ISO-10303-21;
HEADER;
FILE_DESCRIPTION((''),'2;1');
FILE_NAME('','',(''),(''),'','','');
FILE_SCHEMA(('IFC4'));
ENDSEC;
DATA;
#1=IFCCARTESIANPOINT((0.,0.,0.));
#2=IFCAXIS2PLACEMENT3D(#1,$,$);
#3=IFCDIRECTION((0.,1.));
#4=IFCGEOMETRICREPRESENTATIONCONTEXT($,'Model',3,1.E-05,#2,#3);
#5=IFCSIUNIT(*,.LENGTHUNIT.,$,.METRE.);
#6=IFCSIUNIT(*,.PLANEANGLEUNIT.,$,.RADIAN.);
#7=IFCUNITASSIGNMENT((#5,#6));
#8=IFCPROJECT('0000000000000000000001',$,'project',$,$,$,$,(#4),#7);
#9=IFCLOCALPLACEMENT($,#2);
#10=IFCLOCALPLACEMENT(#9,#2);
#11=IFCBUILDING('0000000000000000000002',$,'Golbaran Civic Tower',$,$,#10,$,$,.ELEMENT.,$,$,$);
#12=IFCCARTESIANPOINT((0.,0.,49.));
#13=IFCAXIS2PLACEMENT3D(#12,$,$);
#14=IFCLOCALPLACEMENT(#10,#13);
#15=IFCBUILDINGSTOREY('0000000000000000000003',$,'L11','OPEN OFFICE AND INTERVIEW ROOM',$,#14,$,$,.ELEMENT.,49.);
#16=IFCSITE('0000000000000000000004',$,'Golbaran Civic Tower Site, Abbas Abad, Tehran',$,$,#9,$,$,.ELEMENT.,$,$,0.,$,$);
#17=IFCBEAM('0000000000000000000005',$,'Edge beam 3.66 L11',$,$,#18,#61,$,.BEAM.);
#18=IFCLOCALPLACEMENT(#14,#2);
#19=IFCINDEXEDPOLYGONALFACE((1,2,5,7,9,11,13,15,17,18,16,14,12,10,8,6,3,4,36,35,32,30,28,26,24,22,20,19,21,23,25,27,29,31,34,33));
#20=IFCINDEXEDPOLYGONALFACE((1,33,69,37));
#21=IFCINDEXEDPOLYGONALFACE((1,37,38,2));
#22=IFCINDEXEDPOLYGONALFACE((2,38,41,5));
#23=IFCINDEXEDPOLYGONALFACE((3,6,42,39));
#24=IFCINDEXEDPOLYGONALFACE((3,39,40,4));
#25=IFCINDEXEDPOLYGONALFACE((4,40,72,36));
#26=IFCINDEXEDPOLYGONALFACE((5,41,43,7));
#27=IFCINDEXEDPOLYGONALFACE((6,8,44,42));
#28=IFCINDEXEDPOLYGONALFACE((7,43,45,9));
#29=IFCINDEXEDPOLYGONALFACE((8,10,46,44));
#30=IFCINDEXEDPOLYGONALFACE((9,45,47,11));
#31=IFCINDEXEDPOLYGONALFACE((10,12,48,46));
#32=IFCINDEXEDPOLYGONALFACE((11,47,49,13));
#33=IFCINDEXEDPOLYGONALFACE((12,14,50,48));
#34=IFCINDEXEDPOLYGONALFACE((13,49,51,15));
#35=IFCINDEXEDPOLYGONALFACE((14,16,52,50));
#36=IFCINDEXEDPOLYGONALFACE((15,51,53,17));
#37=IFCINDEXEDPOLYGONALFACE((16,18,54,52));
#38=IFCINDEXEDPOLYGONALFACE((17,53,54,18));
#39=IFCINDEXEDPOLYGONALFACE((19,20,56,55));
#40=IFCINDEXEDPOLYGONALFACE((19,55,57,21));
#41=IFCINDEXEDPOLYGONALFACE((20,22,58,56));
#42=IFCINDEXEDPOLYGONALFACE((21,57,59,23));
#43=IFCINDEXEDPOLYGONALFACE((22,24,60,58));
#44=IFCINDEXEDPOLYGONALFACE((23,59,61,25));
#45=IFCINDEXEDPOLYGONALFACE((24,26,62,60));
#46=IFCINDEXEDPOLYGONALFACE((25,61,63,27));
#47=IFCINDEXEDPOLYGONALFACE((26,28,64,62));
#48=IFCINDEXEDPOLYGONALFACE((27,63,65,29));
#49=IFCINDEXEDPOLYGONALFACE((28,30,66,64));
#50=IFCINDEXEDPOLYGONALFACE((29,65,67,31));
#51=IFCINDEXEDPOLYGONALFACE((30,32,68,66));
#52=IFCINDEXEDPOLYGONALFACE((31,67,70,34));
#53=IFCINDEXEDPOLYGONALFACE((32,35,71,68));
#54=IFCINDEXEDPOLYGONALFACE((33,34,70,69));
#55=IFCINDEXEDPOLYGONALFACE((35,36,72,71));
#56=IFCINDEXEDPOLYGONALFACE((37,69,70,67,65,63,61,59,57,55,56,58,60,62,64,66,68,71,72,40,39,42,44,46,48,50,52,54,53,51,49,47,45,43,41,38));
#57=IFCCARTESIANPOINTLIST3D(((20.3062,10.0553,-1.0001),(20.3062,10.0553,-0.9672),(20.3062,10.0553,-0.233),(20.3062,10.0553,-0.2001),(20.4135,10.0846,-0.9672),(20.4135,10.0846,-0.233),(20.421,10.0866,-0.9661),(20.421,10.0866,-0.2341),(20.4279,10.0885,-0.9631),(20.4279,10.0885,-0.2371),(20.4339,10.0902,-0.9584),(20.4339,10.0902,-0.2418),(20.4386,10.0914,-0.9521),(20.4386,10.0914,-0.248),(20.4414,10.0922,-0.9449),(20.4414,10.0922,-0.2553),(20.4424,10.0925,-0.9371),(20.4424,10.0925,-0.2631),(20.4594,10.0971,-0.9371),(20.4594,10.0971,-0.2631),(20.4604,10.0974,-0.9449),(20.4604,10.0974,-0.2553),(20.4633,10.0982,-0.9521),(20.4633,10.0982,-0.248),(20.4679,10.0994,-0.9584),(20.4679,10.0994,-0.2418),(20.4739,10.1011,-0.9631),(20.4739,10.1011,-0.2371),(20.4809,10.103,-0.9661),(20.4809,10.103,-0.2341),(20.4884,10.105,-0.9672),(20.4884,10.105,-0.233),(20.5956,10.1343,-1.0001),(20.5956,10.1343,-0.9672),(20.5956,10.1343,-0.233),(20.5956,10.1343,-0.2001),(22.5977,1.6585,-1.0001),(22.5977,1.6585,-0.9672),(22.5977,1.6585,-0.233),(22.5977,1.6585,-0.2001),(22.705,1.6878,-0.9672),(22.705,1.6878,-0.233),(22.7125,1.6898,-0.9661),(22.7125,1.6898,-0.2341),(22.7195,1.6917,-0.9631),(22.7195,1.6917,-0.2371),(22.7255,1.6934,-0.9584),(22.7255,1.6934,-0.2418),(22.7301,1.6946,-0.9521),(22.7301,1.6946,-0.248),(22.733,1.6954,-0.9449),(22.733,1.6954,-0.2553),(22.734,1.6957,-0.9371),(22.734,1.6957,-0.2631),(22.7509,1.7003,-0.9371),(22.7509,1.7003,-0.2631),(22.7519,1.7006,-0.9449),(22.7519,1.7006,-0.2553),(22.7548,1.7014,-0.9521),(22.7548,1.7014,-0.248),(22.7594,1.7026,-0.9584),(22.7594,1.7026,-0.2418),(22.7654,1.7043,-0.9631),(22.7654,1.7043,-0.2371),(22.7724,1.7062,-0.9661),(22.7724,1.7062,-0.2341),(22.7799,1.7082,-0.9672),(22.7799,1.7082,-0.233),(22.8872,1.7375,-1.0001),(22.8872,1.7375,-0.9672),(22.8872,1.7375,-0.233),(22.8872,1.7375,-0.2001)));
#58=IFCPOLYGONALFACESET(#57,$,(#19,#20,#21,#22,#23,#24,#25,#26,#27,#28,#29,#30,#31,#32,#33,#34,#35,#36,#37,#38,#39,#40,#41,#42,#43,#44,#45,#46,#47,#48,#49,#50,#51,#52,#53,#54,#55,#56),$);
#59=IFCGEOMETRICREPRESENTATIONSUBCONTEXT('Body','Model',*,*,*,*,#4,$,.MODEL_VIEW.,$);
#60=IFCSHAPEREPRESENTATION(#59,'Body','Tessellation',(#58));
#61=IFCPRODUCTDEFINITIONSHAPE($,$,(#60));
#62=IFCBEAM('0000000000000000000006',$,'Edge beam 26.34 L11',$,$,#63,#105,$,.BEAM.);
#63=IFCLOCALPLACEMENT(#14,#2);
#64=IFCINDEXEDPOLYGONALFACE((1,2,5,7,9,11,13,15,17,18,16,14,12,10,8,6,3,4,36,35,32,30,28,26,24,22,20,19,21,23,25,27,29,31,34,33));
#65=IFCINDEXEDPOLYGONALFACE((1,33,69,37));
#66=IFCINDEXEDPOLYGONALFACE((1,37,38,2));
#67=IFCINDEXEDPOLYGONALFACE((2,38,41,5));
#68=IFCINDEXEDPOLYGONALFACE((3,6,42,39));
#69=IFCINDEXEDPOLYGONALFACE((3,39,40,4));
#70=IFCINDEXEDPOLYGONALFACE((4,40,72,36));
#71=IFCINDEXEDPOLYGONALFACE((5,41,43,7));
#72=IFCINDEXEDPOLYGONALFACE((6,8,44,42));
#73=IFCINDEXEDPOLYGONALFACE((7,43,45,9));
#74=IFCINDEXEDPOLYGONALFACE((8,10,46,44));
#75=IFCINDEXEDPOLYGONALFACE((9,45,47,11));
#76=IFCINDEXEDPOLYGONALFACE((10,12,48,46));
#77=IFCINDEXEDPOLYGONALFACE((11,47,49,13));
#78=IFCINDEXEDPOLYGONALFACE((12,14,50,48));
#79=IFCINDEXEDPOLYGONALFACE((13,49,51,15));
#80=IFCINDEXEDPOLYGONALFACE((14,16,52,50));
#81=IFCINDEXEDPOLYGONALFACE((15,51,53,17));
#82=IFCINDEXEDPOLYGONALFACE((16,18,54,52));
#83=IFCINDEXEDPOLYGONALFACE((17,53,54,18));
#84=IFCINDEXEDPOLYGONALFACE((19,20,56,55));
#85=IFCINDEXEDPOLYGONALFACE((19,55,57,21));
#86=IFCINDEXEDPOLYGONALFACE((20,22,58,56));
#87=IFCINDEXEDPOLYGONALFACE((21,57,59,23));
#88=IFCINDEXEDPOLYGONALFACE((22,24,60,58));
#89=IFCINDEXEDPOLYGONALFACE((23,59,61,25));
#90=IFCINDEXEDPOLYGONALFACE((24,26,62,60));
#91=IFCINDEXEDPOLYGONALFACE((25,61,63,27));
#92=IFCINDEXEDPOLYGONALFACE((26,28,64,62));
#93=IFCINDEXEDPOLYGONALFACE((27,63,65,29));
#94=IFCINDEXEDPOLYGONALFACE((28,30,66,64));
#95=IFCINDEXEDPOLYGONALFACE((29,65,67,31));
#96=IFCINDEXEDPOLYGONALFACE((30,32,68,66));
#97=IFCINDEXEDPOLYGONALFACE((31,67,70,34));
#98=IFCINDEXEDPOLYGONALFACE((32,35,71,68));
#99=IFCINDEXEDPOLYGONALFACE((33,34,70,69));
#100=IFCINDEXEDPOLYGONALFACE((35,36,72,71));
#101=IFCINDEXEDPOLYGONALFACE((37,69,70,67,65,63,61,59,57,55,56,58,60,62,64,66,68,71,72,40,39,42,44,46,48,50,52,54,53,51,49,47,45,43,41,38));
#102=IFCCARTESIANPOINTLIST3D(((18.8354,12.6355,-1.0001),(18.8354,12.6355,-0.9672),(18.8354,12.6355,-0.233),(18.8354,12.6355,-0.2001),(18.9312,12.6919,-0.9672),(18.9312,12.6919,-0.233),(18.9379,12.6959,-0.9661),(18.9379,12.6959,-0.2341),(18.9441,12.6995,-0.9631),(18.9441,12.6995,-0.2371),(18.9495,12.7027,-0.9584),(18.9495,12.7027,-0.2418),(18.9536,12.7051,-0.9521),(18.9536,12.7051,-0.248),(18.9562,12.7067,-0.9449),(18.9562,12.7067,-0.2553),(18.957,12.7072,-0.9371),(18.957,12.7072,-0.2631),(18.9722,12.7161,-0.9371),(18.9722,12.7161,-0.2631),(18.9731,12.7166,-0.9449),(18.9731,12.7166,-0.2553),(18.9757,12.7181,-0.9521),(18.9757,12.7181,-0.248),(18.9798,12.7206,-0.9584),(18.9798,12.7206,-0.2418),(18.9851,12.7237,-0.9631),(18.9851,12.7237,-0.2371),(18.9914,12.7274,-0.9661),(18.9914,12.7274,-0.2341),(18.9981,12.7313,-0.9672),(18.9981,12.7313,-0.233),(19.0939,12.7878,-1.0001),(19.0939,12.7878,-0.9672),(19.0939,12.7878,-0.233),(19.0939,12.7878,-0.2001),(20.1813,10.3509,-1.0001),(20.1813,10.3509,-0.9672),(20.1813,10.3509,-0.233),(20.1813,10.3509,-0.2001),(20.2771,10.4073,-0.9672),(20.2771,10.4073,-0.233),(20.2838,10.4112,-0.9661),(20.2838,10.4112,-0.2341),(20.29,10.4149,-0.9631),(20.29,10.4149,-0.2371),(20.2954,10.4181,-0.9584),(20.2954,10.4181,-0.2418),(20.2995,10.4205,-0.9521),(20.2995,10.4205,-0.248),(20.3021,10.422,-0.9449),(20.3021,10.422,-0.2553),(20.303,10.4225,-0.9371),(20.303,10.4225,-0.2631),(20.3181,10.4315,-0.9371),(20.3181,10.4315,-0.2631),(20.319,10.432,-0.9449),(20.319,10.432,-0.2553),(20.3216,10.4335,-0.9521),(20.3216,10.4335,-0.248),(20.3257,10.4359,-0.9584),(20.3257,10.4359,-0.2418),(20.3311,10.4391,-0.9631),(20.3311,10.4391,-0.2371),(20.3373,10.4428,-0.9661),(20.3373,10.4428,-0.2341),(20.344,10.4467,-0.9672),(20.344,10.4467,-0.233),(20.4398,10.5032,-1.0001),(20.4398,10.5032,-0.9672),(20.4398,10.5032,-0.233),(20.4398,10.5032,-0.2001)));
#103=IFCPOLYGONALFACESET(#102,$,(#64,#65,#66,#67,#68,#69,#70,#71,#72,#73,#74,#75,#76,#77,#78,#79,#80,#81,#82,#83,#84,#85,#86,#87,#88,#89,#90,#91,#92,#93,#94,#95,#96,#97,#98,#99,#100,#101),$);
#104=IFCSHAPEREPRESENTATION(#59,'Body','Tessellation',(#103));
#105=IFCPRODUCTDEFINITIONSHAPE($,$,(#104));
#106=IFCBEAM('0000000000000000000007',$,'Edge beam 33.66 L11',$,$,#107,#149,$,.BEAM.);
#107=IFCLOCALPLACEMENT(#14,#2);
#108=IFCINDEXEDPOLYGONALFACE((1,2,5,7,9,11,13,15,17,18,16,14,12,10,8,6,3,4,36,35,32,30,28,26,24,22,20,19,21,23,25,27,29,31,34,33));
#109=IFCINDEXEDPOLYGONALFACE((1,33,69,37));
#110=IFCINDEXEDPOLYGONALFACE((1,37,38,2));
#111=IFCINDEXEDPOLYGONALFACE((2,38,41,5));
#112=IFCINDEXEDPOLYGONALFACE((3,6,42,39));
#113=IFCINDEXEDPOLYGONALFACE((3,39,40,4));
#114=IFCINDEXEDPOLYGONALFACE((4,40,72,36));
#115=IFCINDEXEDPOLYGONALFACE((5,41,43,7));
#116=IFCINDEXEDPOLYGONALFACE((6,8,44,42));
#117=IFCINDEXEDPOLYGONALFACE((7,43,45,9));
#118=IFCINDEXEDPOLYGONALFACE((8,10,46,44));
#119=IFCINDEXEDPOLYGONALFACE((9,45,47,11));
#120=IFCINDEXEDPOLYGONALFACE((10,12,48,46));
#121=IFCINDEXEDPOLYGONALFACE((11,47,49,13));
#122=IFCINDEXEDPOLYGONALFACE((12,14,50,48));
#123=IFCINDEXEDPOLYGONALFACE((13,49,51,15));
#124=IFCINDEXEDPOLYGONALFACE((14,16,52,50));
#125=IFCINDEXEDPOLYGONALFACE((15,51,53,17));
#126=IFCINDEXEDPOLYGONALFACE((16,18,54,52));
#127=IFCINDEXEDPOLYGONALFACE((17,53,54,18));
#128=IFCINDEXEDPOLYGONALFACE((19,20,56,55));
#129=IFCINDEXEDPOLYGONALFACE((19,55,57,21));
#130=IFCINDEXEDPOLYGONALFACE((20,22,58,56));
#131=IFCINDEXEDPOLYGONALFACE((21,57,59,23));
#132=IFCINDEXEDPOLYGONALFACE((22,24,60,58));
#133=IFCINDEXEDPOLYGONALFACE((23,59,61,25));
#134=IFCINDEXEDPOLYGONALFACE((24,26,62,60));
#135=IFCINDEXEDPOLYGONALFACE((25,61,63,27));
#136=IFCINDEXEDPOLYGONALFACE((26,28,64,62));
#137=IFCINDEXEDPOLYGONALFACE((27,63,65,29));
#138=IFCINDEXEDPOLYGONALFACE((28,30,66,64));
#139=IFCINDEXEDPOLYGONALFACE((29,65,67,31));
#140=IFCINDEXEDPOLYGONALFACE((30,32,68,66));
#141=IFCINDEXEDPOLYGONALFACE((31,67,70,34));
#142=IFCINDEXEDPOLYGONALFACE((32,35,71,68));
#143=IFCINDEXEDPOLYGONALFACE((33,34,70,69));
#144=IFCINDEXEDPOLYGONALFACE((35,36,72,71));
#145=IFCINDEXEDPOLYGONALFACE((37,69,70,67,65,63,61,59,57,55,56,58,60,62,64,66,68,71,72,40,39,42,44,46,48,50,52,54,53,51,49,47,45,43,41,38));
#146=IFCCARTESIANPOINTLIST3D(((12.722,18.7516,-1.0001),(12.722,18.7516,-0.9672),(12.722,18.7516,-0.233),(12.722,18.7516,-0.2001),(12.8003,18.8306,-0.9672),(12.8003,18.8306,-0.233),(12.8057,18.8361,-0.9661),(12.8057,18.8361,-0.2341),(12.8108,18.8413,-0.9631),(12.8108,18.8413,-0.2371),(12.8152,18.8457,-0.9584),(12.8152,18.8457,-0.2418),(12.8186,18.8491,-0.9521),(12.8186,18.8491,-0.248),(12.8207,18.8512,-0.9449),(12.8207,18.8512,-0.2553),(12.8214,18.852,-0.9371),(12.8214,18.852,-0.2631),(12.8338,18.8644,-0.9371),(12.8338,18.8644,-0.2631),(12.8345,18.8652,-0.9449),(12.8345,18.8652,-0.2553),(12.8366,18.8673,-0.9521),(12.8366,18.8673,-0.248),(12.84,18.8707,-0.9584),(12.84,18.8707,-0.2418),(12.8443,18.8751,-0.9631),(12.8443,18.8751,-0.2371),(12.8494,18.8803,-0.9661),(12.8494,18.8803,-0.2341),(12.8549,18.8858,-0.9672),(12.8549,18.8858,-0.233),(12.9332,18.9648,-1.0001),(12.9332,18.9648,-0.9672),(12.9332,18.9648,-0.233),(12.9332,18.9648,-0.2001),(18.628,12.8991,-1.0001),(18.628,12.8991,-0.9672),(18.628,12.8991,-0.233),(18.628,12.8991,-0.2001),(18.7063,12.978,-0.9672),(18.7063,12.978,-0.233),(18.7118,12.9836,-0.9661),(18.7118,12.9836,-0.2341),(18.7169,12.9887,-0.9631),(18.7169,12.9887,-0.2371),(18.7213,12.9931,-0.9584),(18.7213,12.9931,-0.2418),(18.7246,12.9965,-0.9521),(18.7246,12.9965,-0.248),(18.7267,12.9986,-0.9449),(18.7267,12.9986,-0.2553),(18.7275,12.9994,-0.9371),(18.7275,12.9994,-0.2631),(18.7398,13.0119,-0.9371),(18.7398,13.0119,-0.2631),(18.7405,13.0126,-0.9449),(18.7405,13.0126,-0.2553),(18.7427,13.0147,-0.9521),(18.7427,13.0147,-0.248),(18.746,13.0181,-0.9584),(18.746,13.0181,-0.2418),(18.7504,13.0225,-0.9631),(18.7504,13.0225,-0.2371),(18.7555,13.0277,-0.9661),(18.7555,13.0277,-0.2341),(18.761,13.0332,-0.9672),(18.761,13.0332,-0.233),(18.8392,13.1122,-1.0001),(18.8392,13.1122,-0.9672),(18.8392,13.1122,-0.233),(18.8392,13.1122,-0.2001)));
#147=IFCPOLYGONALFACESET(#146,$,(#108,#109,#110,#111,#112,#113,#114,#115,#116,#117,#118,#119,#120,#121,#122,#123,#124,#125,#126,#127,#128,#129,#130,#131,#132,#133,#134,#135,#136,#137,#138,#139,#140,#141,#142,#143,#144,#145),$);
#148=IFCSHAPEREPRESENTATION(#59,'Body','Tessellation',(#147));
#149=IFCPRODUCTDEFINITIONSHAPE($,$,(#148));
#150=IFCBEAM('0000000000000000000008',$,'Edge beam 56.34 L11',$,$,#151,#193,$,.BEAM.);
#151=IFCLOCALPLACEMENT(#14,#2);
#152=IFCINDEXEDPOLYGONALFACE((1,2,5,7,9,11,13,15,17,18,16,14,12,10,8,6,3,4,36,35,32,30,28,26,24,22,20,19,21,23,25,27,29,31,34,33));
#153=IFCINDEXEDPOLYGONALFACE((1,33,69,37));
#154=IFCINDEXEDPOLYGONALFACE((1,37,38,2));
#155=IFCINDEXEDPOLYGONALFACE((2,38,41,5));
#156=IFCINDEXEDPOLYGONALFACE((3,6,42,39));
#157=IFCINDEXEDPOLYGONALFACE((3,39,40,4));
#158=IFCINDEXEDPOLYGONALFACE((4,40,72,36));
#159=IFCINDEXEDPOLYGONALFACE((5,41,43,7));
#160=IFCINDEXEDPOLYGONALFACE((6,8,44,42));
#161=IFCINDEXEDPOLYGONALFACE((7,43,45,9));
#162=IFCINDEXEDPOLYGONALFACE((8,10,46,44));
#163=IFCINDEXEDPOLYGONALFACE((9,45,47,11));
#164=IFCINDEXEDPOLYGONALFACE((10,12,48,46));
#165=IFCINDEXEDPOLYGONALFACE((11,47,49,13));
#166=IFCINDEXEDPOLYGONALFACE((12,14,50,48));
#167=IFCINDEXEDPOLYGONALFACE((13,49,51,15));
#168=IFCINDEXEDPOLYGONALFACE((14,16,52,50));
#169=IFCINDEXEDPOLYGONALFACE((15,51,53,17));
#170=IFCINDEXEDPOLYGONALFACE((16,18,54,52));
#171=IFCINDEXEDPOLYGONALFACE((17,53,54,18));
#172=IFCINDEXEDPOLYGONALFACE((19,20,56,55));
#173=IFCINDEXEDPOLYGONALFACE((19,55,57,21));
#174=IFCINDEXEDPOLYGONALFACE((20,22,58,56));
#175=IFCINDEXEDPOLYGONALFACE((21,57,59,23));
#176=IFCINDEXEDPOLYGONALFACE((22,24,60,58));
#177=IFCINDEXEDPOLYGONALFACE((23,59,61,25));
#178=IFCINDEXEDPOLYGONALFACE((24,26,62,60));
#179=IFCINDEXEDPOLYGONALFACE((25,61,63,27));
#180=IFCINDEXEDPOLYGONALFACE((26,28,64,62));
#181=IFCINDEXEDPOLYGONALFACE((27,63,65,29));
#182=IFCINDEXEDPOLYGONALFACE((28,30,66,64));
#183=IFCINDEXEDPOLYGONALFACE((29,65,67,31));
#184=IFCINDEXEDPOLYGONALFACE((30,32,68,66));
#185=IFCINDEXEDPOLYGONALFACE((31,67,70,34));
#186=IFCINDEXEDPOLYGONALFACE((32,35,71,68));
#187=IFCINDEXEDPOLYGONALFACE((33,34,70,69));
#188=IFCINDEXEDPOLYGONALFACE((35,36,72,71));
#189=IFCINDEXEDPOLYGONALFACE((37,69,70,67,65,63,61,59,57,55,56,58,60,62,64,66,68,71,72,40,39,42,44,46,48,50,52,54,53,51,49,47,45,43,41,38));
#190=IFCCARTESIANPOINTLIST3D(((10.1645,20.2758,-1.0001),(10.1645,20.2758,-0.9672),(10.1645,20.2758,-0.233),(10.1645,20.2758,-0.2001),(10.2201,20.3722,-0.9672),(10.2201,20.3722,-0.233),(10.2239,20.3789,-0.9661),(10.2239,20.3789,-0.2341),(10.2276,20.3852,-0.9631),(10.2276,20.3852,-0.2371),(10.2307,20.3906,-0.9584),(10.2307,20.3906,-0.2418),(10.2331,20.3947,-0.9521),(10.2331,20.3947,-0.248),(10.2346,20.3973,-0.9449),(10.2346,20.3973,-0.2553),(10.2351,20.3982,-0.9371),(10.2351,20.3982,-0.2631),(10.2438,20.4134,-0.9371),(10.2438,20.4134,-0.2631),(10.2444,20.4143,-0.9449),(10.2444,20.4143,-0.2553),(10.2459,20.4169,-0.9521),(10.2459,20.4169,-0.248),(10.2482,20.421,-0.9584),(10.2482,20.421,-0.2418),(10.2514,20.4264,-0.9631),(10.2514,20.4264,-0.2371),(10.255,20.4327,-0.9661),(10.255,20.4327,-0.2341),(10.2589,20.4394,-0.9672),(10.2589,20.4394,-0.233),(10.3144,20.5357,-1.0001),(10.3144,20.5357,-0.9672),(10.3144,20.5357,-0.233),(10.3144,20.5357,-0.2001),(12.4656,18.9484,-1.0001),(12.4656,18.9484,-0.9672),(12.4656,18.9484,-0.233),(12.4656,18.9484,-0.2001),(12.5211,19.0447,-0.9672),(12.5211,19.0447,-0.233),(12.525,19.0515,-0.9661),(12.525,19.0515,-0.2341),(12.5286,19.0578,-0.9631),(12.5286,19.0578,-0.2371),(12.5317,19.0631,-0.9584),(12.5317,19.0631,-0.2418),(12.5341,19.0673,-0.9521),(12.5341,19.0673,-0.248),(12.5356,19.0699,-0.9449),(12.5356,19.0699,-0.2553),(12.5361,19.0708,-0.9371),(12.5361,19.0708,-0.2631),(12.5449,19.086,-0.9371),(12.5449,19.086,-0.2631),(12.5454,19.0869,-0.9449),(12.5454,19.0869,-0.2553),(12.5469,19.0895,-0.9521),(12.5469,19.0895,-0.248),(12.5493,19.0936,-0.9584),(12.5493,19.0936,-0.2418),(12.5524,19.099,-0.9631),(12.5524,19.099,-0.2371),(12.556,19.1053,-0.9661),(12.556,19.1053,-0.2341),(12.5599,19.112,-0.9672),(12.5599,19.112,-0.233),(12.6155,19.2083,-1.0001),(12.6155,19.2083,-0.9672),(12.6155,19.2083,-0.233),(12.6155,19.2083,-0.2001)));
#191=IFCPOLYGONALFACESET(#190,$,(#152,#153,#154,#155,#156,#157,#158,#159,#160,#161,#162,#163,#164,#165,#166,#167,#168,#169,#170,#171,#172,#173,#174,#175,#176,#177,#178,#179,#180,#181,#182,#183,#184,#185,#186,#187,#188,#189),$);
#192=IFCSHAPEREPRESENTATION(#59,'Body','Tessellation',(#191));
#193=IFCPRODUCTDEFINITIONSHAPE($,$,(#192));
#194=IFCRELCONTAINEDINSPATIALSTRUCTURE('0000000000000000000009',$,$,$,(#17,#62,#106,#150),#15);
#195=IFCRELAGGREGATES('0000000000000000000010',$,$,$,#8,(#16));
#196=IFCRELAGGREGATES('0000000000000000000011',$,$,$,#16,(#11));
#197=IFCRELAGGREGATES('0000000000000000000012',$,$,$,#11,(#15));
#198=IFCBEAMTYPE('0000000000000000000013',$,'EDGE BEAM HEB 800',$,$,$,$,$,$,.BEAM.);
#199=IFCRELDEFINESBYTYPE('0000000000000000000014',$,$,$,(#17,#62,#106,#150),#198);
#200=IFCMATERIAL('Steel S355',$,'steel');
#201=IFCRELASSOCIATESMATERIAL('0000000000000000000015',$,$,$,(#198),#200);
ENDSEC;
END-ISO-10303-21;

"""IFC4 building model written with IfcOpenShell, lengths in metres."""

from ifc_helpers import new_model, si_unit, direction, frame, origin, origin_2d, place, context, subcontext, project, spatial, i_section, extrude, material, material_profile, profile_set, type_object, element, save


model = new_model("IFC4")

# Units and contexts
model_context = context("Model", 3, precision=1e-05, world=origin(), true_north=direction((0.0, 1.0)))
body_context = subcontext(model_context, "Body", "Model", "MODEL_VIEW")
ifc_project = project(units=[si_unit("LENGTHUNIT", "METRE"), si_unit("PLANEANGLEUNIT", "RADIAN")], contexts=[model_context])

# Site, building, storey
site_placement = place(None, origin())
site = spatial("IfcSite", under=ifc_project, at=site_placement, Name="Golbaran Civic Tower Site, Abbas Abad, Tehran", CompositionType="ELEMENT", RefElevation=0.0)
building_placement = place(site_placement, origin())
building = spatial("IfcBuilding", under=site, at=building_placement, Name="Golbaran Civic Tower", CompositionType="ELEMENT")
storey_placement = place(building_placement, frame((0.0, 0.0, 49.0)))
storey = spatial("IfcBuildingStorey", under=building, at=storey_placement, Name="L11", Description="OPEN OFFICE AND INTERVIEW ROOM", CompositionType="ELEMENT", Elevation=49.0)

# Beams
ifc_material_1 = material(Name="Steel S355", Category="steel")
ifc_material_profile_1 = material_profile(ifc_material_1, i_section(OverallWidth=0.3, OverallDepth=0.8, WebThickness=0.0176, FlangeThickness=0.033, FilletRadius=0.03, at=origin_2d()), Name="HEB 800")
ifc_profile_set_1 = profile_set([ifc_material_profile_1], Name="Steel S355")
beam_type_1 = type_object("IfcBeamType", Name="EDGE BEAM HEB 800", PredefinedType="BEAM", material=ifc_profile_set_1)
beam_1_placement = place(storey_placement, frame((22.7424, 1.698, -0.6001), z_axis=(-0.263276, 0.96472, 0.0), x_axis=(-0.96472, -0.263276, 0.0)))
element("IfcBeam", 1, at=beam_1_placement, inside=storey, type_object=beam_type_1, Name="Edge beam 3.66 L11", PredefinedType="BEAM", context=body_context, shape_type="SweptSolid", body=[
    extrude(i_section(OverallWidth=0.3, OverallDepth=0.8, WebThickness=0.0176, FlangeThickness=0.033, FilletRadius=0.03, at=origin_2d()), origin(), (0.0, 0.0, 1.0), 8.7039),
])
beam_2_placement = place(storey_placement, frame((20.3105, 10.427, -0.6001), z_axis=(-0.507587, 0.8616, 0.0), x_axis=(-0.8616, -0.507587, 0.0)))
element("IfcBeam", 2, at=beam_2_placement, inside=storey, type_object=beam_type_1, Name="Edge beam 26.34 L11", PredefinedType="BEAM", context=body_context, shape_type="SweptSolid", body=[
    extrude(i_section(OverallWidth=0.3, OverallDepth=0.8, WebThickness=0.0176, FlangeThickness=0.033, FilletRadius=0.03, at=origin_2d()), origin(), (0.0, 0.0, 1.0), 2.6516),
])
beam_3_placement = place(storey_placement, frame((18.7336, 13.0056, -0.6001), z_axis=(-0.710315, 0.703884, 0.0), x_axis=(-0.703884, -0.710315, 0.0)))
element("IfcBeam", 3, at=beam_3_placement, inside=storey, type_object=beam_type_1, Name="Edge beam 33.66 L11", PredefinedType="BEAM", context=body_context, shape_type="SweptSolid", body=[
    extrude(i_section(OverallWidth=0.3, OverallDepth=0.8, WebThickness=0.0176, FlangeThickness=0.033, FilletRadius=0.03, at=origin_2d()), origin(), (0.0, 0.0, 1.0), 8.3147),
])
beam_4_placement = place(storey_placement, frame((12.5405, 19.0784, -0.6001), z_axis=(-0.866205, 0.499688, 0.0), x_axis=(-0.499688, -0.866205, 0.0)))
element("IfcBeam", 4, at=beam_4_placement, inside=storey, type_object=beam_type_1, Name="Edge beam 56.34 L11", PredefinedType="BEAM", context=body_context, shape_type="SweptSolid", body=[
    extrude(i_section(OverallWidth=0.3, OverallDepth=0.8, WebThickness=0.0176, FlangeThickness=0.033, FilletRadius=0.03, at=origin_2d()), origin(), (0.0, 0.0, 1.0), 2.6565),
])

save(model, "model.ifc")
